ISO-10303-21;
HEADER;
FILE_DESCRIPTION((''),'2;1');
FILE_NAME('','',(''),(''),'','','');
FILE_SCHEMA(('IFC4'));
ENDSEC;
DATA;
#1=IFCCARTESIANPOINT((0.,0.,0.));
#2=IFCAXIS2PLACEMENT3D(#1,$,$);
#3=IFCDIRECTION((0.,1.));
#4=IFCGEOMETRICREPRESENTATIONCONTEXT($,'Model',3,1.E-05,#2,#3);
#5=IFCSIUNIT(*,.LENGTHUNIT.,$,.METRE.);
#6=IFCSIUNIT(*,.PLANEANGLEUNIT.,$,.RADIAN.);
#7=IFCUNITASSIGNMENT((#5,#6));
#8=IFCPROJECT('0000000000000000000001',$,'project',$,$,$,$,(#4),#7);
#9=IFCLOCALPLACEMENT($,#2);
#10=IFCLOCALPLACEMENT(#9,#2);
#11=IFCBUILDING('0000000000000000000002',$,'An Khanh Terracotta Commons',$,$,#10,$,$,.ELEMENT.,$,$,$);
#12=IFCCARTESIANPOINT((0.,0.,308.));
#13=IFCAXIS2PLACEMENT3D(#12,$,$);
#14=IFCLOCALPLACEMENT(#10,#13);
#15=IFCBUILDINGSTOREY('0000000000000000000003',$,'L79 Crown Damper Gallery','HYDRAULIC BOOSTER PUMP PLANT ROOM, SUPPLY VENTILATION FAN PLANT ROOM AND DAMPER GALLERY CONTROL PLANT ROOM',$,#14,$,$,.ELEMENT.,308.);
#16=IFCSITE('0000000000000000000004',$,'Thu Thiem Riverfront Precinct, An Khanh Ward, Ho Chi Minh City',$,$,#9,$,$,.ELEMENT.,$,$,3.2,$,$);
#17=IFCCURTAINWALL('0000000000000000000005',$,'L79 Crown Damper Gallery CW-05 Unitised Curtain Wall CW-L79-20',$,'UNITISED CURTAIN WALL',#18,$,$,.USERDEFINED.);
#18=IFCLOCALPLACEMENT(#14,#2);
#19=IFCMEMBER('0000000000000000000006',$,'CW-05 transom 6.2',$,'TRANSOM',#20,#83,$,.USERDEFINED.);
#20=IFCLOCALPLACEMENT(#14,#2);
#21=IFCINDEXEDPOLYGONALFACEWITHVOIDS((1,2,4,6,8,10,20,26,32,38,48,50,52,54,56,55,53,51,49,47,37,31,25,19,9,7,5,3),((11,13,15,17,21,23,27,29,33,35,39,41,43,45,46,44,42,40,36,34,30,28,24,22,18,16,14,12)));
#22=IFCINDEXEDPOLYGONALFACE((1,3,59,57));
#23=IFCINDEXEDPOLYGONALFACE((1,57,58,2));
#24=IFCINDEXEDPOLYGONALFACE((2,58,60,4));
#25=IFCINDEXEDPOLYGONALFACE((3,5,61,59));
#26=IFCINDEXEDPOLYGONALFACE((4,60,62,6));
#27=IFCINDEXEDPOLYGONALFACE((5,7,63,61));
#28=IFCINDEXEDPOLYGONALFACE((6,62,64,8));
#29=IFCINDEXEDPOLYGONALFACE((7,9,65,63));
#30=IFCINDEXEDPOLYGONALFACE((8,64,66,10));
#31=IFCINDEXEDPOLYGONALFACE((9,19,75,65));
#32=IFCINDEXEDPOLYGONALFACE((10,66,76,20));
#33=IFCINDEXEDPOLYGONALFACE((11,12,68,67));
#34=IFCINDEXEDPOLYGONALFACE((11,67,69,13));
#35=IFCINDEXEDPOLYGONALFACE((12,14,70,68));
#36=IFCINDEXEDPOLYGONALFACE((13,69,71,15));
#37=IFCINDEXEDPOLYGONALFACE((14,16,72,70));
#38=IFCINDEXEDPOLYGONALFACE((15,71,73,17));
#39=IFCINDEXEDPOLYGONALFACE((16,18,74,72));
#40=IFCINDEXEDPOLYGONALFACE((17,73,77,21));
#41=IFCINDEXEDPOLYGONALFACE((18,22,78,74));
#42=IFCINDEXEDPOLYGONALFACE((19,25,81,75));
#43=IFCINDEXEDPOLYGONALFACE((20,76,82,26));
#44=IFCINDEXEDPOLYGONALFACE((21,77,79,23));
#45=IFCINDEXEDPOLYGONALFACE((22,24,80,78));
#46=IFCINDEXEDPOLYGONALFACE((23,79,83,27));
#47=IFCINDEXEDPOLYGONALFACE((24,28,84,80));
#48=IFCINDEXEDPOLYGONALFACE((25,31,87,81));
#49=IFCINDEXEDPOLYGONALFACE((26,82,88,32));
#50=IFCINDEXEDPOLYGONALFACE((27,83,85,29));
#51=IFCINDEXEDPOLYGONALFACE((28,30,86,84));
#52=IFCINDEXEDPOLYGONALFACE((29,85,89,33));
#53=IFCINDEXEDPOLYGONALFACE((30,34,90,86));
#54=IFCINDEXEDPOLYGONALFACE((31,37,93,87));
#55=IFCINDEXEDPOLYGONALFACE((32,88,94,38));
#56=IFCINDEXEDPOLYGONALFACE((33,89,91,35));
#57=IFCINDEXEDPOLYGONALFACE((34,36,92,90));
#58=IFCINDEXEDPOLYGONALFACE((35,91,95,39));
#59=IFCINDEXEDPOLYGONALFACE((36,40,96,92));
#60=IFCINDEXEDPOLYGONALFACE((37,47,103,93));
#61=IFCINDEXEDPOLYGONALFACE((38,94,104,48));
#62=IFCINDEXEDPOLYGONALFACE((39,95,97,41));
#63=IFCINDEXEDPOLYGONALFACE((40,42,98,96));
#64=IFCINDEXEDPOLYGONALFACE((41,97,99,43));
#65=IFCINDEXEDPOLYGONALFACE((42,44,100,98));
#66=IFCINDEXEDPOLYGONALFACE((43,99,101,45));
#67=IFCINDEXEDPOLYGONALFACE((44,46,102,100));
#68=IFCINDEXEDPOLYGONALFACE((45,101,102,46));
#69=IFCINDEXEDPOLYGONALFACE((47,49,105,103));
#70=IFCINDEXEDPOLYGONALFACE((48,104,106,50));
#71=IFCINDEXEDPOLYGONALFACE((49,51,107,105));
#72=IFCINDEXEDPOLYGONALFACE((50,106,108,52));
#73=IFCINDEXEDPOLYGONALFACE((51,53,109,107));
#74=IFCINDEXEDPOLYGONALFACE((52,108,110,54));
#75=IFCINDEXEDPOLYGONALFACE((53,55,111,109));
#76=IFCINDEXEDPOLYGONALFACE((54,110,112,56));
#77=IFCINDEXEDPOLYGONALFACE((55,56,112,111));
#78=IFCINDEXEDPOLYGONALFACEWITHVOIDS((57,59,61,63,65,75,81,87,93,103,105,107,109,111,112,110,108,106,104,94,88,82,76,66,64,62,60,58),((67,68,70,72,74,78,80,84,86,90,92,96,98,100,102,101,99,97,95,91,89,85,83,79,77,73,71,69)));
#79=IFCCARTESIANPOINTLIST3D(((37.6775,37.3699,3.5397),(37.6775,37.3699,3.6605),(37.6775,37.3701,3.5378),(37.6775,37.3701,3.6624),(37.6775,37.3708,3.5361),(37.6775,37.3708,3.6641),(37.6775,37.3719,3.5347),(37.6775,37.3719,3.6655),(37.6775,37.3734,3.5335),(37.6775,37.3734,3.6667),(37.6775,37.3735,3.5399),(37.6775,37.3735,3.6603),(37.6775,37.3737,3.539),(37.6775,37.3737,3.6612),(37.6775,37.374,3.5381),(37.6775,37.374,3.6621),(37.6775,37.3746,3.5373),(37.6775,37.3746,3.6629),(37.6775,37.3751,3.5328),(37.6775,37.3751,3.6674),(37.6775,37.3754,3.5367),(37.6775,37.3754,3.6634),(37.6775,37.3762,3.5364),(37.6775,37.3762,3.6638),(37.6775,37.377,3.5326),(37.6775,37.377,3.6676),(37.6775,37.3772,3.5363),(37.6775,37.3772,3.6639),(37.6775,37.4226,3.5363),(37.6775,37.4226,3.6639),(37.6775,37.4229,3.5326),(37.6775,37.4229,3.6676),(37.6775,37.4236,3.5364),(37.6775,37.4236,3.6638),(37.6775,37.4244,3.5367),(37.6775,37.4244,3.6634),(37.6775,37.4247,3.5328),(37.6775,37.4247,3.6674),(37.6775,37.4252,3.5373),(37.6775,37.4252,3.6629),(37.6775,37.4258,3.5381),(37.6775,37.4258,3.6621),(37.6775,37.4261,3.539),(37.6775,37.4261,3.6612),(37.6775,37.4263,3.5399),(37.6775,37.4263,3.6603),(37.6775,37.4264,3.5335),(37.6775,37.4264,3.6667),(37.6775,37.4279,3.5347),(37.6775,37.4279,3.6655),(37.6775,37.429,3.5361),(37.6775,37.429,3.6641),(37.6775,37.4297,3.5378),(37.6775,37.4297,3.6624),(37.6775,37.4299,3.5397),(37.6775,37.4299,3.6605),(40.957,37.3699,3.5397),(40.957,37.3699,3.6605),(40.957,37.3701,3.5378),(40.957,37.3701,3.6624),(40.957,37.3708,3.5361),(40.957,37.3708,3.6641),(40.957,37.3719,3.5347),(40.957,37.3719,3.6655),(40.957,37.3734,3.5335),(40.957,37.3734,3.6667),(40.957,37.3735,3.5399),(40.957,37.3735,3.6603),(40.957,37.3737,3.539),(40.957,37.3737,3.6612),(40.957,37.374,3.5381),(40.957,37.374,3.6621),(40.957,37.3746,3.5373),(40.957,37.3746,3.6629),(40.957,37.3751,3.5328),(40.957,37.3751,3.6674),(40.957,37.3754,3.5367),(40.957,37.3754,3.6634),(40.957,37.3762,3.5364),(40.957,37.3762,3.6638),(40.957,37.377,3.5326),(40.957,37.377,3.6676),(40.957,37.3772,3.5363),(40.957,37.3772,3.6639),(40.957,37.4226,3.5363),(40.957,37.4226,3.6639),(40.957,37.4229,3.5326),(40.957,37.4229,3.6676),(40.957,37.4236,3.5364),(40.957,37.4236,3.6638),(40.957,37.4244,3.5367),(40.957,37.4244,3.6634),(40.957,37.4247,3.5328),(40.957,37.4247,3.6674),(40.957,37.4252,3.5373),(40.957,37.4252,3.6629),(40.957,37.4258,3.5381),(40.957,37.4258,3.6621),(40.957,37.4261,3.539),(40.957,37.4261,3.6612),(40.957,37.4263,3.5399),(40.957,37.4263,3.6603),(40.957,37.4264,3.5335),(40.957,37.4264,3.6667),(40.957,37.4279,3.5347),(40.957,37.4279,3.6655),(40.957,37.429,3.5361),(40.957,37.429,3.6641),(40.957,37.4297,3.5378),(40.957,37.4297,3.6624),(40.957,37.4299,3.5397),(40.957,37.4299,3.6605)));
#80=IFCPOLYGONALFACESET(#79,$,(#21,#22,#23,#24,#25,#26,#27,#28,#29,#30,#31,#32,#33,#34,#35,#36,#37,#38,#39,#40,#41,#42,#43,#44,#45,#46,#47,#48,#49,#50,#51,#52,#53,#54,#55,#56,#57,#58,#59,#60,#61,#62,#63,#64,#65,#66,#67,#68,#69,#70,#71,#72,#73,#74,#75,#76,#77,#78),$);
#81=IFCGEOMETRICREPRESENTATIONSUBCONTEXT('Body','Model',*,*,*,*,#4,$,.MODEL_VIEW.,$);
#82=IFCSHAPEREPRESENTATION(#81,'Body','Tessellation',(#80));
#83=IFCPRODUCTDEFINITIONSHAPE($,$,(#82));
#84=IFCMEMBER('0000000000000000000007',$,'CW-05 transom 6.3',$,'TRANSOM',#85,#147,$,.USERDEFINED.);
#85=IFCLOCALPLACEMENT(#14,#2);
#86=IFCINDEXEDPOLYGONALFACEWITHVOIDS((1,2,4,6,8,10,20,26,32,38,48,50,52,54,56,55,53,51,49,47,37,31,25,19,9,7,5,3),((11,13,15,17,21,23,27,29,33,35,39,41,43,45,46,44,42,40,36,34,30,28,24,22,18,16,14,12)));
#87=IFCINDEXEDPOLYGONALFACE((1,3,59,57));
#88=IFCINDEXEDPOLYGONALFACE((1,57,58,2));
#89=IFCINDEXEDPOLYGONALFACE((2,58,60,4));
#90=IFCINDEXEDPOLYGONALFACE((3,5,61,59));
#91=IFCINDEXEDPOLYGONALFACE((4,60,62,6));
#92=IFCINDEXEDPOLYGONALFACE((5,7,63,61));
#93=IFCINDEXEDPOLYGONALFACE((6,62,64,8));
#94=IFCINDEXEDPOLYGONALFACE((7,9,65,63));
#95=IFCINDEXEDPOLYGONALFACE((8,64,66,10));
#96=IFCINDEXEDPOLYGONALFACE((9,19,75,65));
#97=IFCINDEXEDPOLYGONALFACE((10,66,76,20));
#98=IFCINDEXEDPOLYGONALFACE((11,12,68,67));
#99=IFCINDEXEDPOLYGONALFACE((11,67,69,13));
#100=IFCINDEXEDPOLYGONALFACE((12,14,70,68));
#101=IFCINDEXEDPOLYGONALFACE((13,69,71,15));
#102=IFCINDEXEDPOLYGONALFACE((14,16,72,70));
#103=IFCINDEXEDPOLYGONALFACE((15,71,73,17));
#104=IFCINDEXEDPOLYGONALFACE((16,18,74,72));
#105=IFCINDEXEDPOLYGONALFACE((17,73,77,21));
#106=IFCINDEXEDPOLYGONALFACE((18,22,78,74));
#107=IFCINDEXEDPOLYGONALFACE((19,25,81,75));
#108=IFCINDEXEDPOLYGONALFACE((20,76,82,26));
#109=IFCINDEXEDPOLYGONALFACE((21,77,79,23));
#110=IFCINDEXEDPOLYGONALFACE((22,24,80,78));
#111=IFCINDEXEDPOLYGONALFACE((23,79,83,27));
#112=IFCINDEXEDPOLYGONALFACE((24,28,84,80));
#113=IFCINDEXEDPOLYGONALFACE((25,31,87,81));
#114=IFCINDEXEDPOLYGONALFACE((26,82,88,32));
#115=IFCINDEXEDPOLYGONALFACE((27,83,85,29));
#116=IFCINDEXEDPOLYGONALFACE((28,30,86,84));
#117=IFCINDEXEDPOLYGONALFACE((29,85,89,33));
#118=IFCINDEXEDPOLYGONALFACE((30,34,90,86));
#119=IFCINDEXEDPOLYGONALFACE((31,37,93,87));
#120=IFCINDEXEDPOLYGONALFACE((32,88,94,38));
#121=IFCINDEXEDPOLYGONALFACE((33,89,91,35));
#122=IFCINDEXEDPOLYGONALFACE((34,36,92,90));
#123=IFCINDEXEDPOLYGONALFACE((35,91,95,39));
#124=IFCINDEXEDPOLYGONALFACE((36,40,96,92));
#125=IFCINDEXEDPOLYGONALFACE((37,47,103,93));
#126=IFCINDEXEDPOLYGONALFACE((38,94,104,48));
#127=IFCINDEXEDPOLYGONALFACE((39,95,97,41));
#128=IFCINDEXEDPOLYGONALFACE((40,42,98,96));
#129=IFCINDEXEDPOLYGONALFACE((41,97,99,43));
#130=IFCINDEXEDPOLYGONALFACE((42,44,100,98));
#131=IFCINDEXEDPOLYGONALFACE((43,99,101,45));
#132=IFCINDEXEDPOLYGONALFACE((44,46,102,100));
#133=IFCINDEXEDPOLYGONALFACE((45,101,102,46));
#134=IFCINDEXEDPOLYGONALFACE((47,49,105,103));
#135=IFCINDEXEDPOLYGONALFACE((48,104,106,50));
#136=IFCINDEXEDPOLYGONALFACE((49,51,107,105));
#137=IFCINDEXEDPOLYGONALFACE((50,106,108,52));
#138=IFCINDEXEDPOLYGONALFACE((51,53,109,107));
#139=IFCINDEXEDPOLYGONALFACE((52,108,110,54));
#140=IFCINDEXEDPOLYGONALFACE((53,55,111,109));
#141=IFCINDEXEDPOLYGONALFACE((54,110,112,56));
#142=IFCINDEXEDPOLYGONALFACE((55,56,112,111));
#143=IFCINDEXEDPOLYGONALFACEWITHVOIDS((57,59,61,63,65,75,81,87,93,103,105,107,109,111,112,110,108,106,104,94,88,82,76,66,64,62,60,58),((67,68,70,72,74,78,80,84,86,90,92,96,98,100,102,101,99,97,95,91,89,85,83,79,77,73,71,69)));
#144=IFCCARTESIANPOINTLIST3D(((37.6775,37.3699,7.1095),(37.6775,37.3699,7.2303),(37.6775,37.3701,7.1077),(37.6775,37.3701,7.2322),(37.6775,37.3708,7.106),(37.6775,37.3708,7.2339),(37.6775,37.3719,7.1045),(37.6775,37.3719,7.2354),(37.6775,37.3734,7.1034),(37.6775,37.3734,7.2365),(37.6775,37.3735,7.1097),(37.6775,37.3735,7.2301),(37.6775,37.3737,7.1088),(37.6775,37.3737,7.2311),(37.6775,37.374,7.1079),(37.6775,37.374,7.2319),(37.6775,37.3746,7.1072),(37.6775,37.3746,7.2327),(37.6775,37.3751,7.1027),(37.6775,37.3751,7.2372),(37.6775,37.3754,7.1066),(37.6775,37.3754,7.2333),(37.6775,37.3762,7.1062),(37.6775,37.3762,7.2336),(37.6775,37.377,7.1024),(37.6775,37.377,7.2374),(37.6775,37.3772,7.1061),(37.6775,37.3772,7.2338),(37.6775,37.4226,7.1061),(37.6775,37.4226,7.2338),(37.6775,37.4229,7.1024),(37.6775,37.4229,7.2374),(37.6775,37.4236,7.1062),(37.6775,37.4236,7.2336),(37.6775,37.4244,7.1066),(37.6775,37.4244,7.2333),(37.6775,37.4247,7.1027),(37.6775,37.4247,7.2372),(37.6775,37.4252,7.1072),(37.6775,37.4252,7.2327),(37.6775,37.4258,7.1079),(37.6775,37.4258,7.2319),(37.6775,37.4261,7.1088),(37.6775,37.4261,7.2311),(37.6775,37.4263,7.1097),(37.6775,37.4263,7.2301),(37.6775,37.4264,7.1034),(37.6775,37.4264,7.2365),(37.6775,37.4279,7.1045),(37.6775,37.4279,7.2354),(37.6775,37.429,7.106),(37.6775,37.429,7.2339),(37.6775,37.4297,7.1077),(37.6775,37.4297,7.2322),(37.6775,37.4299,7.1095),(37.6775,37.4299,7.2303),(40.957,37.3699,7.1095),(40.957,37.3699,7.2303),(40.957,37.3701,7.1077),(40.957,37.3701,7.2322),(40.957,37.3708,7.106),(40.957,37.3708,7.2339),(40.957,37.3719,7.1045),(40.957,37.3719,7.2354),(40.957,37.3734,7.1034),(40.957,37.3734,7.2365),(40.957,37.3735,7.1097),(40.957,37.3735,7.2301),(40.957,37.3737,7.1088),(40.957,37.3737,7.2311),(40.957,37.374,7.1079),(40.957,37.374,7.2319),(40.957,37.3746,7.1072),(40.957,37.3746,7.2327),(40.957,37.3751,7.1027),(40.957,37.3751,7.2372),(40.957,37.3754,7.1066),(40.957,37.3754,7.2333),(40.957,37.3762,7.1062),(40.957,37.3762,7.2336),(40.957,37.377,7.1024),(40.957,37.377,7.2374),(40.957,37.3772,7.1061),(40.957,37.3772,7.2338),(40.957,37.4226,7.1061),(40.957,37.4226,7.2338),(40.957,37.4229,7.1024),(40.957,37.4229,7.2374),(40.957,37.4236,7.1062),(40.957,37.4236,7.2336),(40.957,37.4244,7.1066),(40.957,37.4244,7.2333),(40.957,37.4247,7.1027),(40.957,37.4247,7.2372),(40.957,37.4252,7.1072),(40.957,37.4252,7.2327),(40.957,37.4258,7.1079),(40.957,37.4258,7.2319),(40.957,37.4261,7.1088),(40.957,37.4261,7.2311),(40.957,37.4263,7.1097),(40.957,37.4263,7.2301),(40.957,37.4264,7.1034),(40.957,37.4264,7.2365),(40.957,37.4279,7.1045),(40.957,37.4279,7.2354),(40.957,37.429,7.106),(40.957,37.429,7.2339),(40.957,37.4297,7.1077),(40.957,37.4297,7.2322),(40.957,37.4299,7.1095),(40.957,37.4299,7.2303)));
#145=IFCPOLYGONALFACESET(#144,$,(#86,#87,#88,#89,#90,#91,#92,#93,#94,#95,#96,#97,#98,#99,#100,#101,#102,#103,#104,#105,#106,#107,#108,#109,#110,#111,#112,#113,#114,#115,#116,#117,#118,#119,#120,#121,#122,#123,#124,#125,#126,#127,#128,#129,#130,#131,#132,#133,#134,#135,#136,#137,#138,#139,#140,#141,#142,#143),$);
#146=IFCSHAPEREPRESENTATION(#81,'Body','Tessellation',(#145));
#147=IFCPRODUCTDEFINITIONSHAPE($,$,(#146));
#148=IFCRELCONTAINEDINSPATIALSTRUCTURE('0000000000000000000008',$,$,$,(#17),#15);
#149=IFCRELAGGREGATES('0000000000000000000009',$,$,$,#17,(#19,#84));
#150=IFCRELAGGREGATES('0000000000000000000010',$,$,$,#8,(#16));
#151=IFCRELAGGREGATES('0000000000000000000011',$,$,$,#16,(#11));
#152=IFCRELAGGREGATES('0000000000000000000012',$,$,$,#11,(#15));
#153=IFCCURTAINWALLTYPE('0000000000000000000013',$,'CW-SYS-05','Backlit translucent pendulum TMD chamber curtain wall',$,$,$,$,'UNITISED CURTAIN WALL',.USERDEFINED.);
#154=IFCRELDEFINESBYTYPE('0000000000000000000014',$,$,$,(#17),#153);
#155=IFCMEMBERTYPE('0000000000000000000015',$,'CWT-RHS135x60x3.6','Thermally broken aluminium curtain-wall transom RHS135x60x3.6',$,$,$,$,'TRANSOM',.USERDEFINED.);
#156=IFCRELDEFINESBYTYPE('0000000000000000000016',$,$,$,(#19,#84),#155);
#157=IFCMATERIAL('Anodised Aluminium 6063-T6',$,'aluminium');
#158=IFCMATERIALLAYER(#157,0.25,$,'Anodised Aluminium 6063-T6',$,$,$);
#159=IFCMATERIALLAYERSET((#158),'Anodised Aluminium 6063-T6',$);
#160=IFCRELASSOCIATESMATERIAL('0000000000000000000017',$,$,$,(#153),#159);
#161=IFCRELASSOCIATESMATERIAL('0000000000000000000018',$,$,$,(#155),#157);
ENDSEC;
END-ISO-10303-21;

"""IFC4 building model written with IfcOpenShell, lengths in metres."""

from ifc_helpers import new_model, si_unit, direction, frame, origin, origin_2d, place, context, subcontext, project, spatial, hollow_rectangle, extrude, material, layer, layer_set, material_profile, profile_set, type_object, element, aggregate, save


model = new_model("IFC4")

# Units and contexts
model_context = context("Model", 3, precision=1e-05, world=origin(), true_north=direction((0.0, 1.0)))
body_context = subcontext(model_context, "Body", "Model", "MODEL_VIEW")
ifc_project = project(units=[si_unit("LENGTHUNIT", "METRE"), si_unit("PLANEANGLEUNIT", "RADIAN")], contexts=[model_context])

# Site, building, storey
site_placement = place(None, origin())
site = spatial("IfcSite", under=ifc_project, at=site_placement, Name="Thu Thiem Riverfront Precinct, An Khanh Ward, Ho Chi Minh City", CompositionType="ELEMENT", RefElevation=3.2)
building_placement = place(site_placement, origin())
building = spatial("IfcBuilding", under=site, at=building_placement, Name="An Khanh Terracotta Commons", CompositionType="ELEMENT")
storey_placement = place(building_placement, frame((0.0, 0.0, 308.0)))
storey = spatial("IfcBuildingStorey", under=building, at=storey_placement, Name="L79 Crown Damper Gallery", Description="HYDRAULIC BOOSTER PUMP PLANT ROOM, SUPPLY VENTILATION FAN PLANT ROOM AND DAMPER GALLERY CONTROL PLANT ROOM", CompositionType="ELEMENT", Elevation=308.0)

# Curtain wall, members
ifc_material_1 = material(Name="Anodised Aluminium 6063-T6", Category="aluminium")
ifc_layer_1 = layer(ifc_material_1, 0.25, Name="Anodised Aluminium 6063-T6")
ifc_layer_set_1 = layer_set([ifc_layer_1], Name="Anodised Aluminium 6063-T6")
curtain_wall_type = type_object("IfcCurtainWallType", Name="CW-SYS-05", Description="Backlit translucent pendulum TMD chamber curtain wall", ElementType="UNITISED CURTAIN WALL", PredefinedType="USERDEFINED", material=ifc_layer_set_1)
curtain_wall_placement = place(storey_placement, origin())
curtain_wall = element("IfcCurtainWall", 1, at=curtain_wall_placement, inside=storey, type_object=curtain_wall_type, Name="L79 Crown Damper Gallery CW-05 Unitised Curtain Wall CW-L79-20", ObjectType="UNITISED CURTAIN WALL", PredefinedType="USERDEFINED")
ifc_material_profile_1 = material_profile(ifc_material_1, hollow_rectangle(XDim=0.0601, YDim=0.135, WallThickness=0.0037, InnerFilletRadius=0.0037, OuterFilletRadius=0.0071, at=origin_2d()), Name="RHS135x60x3.6")
ifc_profile_set_1 = profile_set([ifc_material_profile_1], Name="Anodised Aluminium 6063-T6")
member_type_1 = type_object("IfcMemberType", Name="CWT-RHS135x60x3.6", Description="Thermally broken aluminium curtain-wall transom RHS135x60x3.6", ElementType="TRANSOM", PredefinedType="USERDEFINED", material=ifc_profile_set_1)
member_1_placement = place(storey_placement, frame((40.957, 37.3999, 3.6001), z_axis=(-1.0, 0.0, 0.0), x_axis=(0.0, -1.0, 0.0)))
member_1 = element("IfcMember", 2, at=member_1_placement, type_object=member_type_1, Name="CW-05 transom 6.2", ObjectType="TRANSOM", PredefinedType="USERDEFINED", context=body_context, shape_type="SweptSolid", body=[
    extrude(hollow_rectangle(XDim=0.0601, YDim=0.135, WallThickness=0.0037, InnerFilletRadius=0.0037, OuterFilletRadius=0.0071, at=origin_2d()), origin(), (0.0, 0.0, 1.0), 3.2795),
])
member_2_placement = place(storey_placement, frame((40.957, 37.3999, 7.1699), z_axis=(-1.0, 0.0, 0.0), x_axis=(0.0, -1.0, 0.0)))
member_2 = element("IfcMember", 3, at=member_2_placement, type_object=member_type_1, Name="CW-05 transom 6.3", ObjectType="TRANSOM", PredefinedType="USERDEFINED", context=body_context, shape_type="SweptSolid", body=[
    extrude(hollow_rectangle(XDim=0.0601, YDim=0.135, WallThickness=0.0037, InnerFilletRadius=0.0037, OuterFilletRadius=0.0071, at=origin_2d()), origin(), (0.0, 0.0, 1.0), 3.2795),
])
aggregate(curtain_wall, [member_1, member_2])

save(model, "model.ifc")
